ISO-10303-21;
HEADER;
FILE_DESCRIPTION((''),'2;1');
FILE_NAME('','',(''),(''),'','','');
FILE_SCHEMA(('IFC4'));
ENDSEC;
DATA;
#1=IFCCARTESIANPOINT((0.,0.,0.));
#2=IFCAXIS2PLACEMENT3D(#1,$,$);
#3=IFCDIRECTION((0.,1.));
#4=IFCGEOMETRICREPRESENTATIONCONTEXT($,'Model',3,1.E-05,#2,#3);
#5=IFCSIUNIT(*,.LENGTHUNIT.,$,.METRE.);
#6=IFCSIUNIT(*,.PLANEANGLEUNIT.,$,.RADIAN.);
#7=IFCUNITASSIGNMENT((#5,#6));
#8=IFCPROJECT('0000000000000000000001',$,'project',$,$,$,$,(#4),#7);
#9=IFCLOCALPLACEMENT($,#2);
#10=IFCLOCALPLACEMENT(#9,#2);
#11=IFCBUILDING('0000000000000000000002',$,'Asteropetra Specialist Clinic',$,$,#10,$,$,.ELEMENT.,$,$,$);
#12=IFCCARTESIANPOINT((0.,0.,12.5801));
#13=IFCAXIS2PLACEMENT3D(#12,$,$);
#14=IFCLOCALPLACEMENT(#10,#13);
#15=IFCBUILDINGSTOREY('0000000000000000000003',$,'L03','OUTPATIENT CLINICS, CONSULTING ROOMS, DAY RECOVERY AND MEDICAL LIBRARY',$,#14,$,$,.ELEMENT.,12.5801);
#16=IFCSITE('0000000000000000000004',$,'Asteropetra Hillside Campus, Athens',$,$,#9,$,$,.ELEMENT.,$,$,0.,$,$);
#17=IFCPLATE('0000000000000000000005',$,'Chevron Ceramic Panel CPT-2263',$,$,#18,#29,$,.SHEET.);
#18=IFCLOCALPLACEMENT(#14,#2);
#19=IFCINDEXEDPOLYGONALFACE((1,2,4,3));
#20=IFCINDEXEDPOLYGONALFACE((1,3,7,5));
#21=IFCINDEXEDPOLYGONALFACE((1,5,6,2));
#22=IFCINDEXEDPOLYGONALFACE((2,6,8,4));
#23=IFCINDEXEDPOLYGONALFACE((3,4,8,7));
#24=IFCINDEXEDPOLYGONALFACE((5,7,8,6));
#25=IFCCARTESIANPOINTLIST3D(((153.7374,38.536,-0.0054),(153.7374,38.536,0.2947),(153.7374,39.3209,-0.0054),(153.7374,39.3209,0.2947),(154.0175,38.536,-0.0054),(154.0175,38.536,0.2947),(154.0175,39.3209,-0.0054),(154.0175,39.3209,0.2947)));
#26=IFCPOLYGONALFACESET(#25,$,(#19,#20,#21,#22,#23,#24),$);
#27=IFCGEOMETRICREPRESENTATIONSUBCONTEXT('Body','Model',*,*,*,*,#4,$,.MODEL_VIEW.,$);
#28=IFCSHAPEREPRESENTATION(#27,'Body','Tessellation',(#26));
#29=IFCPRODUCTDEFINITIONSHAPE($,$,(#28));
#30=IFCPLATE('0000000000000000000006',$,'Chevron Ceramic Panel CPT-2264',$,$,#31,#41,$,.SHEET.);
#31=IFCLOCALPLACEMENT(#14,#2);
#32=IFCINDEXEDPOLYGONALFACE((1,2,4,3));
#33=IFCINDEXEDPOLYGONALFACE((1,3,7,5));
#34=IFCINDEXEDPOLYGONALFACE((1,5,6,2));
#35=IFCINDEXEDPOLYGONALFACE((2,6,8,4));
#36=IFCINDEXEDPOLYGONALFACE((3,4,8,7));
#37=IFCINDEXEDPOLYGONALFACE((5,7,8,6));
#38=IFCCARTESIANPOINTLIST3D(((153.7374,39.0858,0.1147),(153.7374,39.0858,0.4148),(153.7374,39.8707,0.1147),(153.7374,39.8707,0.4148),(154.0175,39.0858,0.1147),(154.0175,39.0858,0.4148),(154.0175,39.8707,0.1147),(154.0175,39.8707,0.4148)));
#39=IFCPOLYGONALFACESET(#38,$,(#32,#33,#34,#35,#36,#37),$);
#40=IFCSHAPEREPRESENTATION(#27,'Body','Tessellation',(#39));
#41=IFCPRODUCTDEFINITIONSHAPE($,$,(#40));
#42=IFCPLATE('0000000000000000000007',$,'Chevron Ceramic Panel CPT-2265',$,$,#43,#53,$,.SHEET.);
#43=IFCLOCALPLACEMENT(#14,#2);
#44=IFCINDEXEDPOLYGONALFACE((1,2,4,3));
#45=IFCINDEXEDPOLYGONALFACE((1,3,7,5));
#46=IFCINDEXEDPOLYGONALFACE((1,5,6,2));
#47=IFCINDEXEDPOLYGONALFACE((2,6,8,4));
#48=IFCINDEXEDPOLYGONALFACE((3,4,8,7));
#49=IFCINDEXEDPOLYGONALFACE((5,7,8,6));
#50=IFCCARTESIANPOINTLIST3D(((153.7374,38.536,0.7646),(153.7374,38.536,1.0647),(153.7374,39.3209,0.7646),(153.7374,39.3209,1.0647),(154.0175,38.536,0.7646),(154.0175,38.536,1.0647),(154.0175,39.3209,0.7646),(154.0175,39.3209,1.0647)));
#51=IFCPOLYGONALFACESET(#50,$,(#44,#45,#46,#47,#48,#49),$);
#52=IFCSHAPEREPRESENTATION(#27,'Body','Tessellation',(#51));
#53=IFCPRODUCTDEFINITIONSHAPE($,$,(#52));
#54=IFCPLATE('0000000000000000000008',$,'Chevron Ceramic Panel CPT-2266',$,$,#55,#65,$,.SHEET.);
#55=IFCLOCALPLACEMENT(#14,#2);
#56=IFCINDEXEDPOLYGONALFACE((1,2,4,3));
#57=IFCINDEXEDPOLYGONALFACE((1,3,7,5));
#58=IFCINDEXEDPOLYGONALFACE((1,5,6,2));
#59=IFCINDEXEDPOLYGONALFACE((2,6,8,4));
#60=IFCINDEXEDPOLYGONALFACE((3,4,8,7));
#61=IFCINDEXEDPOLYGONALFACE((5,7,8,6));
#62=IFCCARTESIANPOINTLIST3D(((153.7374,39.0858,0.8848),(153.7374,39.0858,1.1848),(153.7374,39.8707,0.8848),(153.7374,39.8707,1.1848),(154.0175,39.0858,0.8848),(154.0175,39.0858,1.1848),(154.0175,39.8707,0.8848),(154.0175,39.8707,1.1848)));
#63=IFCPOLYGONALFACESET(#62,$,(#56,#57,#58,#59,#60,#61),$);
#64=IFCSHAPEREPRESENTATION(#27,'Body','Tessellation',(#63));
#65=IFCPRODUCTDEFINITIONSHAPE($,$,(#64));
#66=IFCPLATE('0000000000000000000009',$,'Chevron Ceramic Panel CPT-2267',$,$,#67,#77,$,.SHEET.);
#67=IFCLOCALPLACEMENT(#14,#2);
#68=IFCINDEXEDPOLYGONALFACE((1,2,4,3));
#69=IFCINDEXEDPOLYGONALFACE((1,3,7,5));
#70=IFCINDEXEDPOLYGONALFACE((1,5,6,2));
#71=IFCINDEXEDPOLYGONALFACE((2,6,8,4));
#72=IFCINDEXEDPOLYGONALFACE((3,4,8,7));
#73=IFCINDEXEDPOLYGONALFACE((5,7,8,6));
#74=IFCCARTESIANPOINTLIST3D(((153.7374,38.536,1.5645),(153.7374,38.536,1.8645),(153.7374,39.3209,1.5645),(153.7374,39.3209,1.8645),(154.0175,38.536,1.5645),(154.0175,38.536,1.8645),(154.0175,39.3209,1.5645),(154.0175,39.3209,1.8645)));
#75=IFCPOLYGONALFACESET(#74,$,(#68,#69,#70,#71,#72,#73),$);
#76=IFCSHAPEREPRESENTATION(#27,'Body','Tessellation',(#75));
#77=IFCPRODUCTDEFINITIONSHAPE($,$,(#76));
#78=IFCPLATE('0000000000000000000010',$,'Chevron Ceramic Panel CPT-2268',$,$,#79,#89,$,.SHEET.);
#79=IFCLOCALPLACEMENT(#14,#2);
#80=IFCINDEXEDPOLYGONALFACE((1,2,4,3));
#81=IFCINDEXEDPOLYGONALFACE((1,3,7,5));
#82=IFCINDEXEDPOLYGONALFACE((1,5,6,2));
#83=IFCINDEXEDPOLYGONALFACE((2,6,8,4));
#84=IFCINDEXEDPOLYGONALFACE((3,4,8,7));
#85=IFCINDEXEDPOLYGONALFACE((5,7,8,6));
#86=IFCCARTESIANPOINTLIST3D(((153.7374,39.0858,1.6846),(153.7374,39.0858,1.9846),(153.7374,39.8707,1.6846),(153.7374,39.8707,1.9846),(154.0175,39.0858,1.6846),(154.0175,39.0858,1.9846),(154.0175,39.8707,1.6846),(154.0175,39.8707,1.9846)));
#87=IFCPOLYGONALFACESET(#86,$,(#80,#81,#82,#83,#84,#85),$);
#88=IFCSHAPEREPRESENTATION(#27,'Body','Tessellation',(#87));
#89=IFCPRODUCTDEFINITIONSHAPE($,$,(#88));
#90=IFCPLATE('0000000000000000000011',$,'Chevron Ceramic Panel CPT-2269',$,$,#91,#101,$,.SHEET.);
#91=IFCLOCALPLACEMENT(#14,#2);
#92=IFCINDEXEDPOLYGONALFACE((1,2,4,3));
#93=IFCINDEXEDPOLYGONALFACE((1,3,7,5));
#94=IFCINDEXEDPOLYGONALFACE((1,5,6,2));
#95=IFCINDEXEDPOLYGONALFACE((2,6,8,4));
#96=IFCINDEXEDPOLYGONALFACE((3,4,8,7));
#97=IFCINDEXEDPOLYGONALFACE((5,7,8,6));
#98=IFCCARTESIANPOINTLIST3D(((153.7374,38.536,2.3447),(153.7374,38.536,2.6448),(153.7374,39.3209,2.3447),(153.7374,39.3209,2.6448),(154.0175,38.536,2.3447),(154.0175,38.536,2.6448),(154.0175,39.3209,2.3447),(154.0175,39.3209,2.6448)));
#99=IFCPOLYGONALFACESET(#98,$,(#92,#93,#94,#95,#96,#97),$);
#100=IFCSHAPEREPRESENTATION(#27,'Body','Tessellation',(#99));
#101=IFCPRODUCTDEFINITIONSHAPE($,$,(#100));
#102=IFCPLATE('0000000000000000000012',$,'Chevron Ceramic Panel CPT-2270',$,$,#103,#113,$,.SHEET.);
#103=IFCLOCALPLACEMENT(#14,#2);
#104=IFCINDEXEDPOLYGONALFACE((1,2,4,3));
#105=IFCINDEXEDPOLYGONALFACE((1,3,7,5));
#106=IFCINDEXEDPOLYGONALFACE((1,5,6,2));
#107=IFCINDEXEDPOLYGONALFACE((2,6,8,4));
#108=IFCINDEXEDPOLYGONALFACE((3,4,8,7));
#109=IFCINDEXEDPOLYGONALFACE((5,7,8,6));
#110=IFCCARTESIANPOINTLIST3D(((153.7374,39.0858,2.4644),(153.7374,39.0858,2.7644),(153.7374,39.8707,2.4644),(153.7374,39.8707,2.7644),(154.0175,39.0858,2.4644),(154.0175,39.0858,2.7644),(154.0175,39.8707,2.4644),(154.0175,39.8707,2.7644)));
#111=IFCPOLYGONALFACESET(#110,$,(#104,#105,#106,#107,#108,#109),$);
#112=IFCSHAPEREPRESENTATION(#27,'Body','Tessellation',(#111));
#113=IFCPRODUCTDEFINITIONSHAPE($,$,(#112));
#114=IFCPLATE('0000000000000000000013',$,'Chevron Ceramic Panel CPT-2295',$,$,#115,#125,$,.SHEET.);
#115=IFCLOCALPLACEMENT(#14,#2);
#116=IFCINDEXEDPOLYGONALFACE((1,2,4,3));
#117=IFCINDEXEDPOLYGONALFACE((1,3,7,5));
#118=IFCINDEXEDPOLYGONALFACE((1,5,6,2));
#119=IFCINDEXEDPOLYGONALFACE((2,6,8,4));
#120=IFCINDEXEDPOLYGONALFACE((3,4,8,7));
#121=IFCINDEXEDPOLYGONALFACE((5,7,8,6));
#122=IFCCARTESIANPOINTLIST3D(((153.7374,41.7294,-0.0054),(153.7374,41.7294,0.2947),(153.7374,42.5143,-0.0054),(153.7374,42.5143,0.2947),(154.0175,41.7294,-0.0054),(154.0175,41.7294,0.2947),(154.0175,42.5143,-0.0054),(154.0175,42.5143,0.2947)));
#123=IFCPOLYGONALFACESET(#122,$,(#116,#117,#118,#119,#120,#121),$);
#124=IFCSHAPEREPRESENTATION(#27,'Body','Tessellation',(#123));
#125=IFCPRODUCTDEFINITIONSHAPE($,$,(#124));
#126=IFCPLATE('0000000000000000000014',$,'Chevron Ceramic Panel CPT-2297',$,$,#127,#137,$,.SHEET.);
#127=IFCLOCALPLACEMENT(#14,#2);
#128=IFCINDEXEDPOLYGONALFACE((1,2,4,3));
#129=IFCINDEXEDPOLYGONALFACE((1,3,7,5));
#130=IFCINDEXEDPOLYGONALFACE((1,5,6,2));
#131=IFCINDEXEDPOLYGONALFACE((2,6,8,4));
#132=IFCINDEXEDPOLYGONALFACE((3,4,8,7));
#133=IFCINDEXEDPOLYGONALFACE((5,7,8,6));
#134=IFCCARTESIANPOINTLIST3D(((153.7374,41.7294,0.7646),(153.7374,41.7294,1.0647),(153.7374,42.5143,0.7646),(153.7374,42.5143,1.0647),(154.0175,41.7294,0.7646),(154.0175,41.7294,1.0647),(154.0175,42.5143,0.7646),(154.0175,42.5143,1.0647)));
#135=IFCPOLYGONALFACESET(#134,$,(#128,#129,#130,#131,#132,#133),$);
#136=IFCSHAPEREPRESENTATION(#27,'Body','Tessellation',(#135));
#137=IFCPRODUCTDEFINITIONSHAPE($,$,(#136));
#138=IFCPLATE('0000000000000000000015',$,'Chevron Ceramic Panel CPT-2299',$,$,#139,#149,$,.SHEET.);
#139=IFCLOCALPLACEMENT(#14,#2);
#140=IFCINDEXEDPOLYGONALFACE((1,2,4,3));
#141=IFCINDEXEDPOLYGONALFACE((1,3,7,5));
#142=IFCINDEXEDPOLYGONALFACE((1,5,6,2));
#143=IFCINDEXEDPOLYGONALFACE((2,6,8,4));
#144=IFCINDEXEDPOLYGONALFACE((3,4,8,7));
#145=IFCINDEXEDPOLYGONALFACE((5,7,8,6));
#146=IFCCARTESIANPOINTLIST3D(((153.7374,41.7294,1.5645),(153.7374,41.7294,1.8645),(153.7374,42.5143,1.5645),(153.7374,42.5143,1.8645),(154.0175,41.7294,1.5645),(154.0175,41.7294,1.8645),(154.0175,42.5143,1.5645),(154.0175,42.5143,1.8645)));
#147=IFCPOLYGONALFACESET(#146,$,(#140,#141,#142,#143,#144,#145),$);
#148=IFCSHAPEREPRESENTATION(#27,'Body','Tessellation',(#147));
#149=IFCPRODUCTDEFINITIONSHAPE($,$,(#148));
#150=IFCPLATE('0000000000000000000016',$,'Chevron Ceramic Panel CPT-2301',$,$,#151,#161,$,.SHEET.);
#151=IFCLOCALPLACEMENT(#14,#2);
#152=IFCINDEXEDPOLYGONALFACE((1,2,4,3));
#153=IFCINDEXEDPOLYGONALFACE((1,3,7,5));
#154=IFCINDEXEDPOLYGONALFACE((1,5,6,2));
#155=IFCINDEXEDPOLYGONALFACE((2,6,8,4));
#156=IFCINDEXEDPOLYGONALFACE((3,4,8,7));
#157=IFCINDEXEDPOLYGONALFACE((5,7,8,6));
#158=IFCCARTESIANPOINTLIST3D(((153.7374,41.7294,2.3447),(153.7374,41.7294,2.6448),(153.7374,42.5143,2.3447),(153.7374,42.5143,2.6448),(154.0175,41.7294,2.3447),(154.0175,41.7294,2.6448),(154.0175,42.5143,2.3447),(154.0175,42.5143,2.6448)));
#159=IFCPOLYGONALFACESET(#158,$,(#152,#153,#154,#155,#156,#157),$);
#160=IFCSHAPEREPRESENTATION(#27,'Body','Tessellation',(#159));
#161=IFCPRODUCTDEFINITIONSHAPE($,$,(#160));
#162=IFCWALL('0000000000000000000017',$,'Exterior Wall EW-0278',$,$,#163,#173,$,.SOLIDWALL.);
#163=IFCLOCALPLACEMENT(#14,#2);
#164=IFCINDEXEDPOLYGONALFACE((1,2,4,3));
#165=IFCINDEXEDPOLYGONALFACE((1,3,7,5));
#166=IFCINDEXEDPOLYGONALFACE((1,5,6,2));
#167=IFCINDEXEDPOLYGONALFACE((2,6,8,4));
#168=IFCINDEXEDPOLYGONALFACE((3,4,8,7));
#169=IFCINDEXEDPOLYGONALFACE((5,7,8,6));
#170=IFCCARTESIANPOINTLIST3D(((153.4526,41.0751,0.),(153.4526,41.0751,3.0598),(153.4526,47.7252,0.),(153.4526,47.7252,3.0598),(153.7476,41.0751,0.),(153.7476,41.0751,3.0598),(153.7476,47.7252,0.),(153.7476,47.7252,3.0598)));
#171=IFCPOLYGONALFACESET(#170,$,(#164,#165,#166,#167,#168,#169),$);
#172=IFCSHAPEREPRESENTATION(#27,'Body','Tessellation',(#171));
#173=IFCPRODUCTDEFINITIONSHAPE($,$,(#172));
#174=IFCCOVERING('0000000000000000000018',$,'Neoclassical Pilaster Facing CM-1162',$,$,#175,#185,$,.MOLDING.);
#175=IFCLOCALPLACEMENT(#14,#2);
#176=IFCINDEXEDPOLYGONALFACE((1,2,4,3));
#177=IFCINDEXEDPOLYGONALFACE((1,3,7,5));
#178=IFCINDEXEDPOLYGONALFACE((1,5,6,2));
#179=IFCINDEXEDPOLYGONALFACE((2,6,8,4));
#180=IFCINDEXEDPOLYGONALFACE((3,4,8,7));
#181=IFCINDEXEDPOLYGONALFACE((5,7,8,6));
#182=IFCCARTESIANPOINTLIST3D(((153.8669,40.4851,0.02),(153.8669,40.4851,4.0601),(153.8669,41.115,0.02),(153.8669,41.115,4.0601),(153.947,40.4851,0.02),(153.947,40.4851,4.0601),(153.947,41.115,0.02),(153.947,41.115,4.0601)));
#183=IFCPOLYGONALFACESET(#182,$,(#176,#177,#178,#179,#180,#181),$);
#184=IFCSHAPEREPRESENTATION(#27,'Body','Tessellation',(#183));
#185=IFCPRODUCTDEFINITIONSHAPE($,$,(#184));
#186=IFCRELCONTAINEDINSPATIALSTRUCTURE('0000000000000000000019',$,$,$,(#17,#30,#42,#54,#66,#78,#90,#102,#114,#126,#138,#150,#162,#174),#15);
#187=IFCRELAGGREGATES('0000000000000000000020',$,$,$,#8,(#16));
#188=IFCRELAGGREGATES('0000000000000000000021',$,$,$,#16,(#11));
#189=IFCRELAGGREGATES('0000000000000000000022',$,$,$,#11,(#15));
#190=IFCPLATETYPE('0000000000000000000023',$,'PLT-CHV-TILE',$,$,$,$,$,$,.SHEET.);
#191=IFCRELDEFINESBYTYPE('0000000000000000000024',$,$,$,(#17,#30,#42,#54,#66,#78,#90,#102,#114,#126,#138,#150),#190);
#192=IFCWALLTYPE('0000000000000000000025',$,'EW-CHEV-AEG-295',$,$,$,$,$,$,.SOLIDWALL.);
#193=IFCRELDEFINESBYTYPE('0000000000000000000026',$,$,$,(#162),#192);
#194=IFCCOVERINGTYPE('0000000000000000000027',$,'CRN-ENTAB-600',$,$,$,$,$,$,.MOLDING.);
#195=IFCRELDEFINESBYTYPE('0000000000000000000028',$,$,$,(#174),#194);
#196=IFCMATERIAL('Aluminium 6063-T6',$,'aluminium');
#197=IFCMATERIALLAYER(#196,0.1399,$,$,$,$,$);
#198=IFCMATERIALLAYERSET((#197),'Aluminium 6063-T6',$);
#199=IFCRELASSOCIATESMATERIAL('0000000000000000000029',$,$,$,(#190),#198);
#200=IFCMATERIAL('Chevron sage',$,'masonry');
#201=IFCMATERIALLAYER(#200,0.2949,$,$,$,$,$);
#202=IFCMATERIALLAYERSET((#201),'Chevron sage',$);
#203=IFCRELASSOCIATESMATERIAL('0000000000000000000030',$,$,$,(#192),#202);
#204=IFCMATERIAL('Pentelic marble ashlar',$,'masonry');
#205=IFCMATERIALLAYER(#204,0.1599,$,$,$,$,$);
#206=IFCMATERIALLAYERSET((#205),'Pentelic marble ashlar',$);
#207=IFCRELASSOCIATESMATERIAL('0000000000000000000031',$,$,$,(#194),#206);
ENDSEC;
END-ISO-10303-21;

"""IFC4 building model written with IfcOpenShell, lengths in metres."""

from ifc_helpers import new_model, si_unit, direction, frame, frame_2d, origin, origin_2d, place, context, subcontext, project, spatial, rectangle, extrude, material, layer, layer_set, type_object, element, save


model = new_model("IFC4")

# Units and contexts
model_context = context("Model", 3, precision=1e-05, world=origin(), true_north=direction((0.0, 1.0)))
body_context = subcontext(model_context, "Body", "Model", "MODEL_VIEW")
ifc_project = project(units=[si_unit("LENGTHUNIT", "METRE"), si_unit("PLANEANGLEUNIT", "RADIAN")], contexts=[model_context])

# Site, building, storey
site_placement = place(None, origin())
site = spatial("IfcSite", under=ifc_project, at=site_placement, Name="Asteropetra Hillside Campus, Athens", CompositionType="ELEMENT", RefElevation=0.0)
building_placement = place(site_placement, origin())
building = spatial("IfcBuilding", under=site, at=building_placement, Name="Asteropetra Specialist Clinic", CompositionType="ELEMENT")
storey_placement = place(building_placement, frame((0.0, 0.0, 12.5801)))
storey = spatial("IfcBuildingStorey", under=building, at=storey_placement, Name="L03", Description="OUTPATIENT CLINICS, CONSULTING ROOMS, DAY RECOVERY AND MEDICAL LIBRARY", CompositionType="ELEMENT", Elevation=12.5801)

# Plates
ifc_material_1 = material(Name="Aluminium 6063-T6", Category="aluminium")
ifc_layer_1 = layer(ifc_material_1, 0.1399)
ifc_layer_set_1 = layer_set([ifc_layer_1], Name="Aluminium 6063-T6")
plate_type_1 = type_object("IfcPlateType", Name="PLT-CHV-TILE", PredefinedType="SHEET", material=ifc_layer_set_1)
for number, where, z_axis, x_axis, name in (
    (1, (153.8774, 38.9285, -0.0054), (0.0, 0.0, 1.0), (1.0, 0.0, 0.0), "Chevron Ceramic Panel CPT-2263"),
    (2, (153.8774, 39.4783, 0.1147), (0.0, 0.0, 1.0), (1.0, 0.0, 0.0), "Chevron Ceramic Panel CPT-2264"),
    (3, (153.8774, 38.9285, 0.7646), (0.0, 0.0, 1.0), (1.0, 0.0, 0.0), "Chevron Ceramic Panel CPT-2265"),
    (4, (153.8774, 39.4783, 0.8848), (0.0, 0.0, 1.0), (1.0, 0.0, 0.0), "Chevron Ceramic Panel CPT-2266"),
    (5, (153.8774, 38.9285, 1.5645), (0.0, 0.0, 1.0), (1.0, 0.0, 0.0), "Chevron Ceramic Panel CPT-2267"),
    (6, (153.8774, 39.4783, 1.6846), (0.0, 0.0, 1.0), (1.0, 0.0, 0.0), "Chevron Ceramic Panel CPT-2268"),
    (7, (153.8774, 38.9285, 2.3447), (0.0, 0.0, 1.0), (1.0, 0.0, 0.0), "Chevron Ceramic Panel CPT-2269"),
    (8, (153.8774, 39.4783, 2.4644), (0.0, 0.0, 1.0), (1.0, 0.0, 0.0), "Chevron Ceramic Panel CPT-2270"),
    (9, (153.8774, 42.1218, -0.0054), (0.0, 0.0, 1.0), (1.0, 0.0, 0.0), "Chevron Ceramic Panel CPT-2295"),
    (10, (153.8774, 42.1218, 0.7646), (0.0, 0.0, 1.0), (1.0, 0.0, 0.0), "Chevron Ceramic Panel CPT-2297"),
    (11, (153.8774, 42.1218, 1.5645), (0.0, 0.0, 1.0), (1.0, 0.0, 0.0), "Chevron Ceramic Panel CPT-2299"),
    (12, (153.8774, 42.1218, 2.3447), (0.0, 0.0, 1.0), (1.0, 0.0, 0.0), "Chevron Ceramic Panel CPT-2301"),
):
    element("IfcPlate", number, at=place(storey_placement, frame(where, z_axis=z_axis, x_axis=x_axis)), inside=storey, type_object=plate_type_1, Name=name, PredefinedType="SHEET", context=body_context, shape_type="SweptSolid", body=[
        extrude(rectangle(XDim=0.28, YDim=0.7849, at=origin_2d()), origin(), (0.0, 0.0, 1.0), 0.3),
    ])

# Wall
ifc_material_2 = material(Name="Chevron sage", Category="masonry")
ifc_layer_2 = layer(ifc_material_2, 0.2949)
ifc_layer_set_2 = layer_set([ifc_layer_2], Name="Chevron sage")
wall_type = type_object("IfcWallType", Name="EW-CHEV-AEG-295", PredefinedType="SOLIDWALL", material=ifc_layer_set_2)
wall_placement = place(storey_placement, frame((153.6001, 41.075, 0.0), z_axis=(0.0, 0.0, 1.0), x_axis=(0.0, 1.0, 0.0)))
element("IfcWall", 13, at=wall_placement, inside=storey, type_object=wall_type, Name="Exterior Wall EW-0278", PredefinedType="SOLIDWALL", context=body_context, shape_type="SweptSolid", body=[
    extrude(rectangle(XDim=6.6501, YDim=0.2949, at=frame_2d((3.3252, 0.0))), origin(), (0.0, 0.0, 1.0), 3.0598),
])

# Covering
ifc_material_3 = material(Name="Pentelic marble ashlar", Category="masonry")
ifc_layer_3 = layer(ifc_material_3, 0.1599)
ifc_layer_set_3 = layer_set([ifc_layer_3], Name="Pentelic marble ashlar")
covering_type = type_object("IfcCoveringType", Name="CRN-ENTAB-600", PredefinedType="MOLDING", material=ifc_layer_set_3)
covering_placement = place(storey_placement, frame((153.907, 40.8, 0.02), z_axis=(0.0, 0.0, 1.0), x_axis=(1.0, 0.0, 0.0)))
element("IfcCovering", 14, at=covering_placement, inside=storey, type_object=covering_type, Name="Neoclassical Pilaster Facing CM-1162", PredefinedType="MOLDING", context=body_context, shape_type="SweptSolid", body=[
    extrude(rectangle(XDim=0.0801, YDim=0.6299, at=origin_2d()), origin(), (0.0, 0.0, 1.0), 4.04),
])

save(model, "model.ifc")
